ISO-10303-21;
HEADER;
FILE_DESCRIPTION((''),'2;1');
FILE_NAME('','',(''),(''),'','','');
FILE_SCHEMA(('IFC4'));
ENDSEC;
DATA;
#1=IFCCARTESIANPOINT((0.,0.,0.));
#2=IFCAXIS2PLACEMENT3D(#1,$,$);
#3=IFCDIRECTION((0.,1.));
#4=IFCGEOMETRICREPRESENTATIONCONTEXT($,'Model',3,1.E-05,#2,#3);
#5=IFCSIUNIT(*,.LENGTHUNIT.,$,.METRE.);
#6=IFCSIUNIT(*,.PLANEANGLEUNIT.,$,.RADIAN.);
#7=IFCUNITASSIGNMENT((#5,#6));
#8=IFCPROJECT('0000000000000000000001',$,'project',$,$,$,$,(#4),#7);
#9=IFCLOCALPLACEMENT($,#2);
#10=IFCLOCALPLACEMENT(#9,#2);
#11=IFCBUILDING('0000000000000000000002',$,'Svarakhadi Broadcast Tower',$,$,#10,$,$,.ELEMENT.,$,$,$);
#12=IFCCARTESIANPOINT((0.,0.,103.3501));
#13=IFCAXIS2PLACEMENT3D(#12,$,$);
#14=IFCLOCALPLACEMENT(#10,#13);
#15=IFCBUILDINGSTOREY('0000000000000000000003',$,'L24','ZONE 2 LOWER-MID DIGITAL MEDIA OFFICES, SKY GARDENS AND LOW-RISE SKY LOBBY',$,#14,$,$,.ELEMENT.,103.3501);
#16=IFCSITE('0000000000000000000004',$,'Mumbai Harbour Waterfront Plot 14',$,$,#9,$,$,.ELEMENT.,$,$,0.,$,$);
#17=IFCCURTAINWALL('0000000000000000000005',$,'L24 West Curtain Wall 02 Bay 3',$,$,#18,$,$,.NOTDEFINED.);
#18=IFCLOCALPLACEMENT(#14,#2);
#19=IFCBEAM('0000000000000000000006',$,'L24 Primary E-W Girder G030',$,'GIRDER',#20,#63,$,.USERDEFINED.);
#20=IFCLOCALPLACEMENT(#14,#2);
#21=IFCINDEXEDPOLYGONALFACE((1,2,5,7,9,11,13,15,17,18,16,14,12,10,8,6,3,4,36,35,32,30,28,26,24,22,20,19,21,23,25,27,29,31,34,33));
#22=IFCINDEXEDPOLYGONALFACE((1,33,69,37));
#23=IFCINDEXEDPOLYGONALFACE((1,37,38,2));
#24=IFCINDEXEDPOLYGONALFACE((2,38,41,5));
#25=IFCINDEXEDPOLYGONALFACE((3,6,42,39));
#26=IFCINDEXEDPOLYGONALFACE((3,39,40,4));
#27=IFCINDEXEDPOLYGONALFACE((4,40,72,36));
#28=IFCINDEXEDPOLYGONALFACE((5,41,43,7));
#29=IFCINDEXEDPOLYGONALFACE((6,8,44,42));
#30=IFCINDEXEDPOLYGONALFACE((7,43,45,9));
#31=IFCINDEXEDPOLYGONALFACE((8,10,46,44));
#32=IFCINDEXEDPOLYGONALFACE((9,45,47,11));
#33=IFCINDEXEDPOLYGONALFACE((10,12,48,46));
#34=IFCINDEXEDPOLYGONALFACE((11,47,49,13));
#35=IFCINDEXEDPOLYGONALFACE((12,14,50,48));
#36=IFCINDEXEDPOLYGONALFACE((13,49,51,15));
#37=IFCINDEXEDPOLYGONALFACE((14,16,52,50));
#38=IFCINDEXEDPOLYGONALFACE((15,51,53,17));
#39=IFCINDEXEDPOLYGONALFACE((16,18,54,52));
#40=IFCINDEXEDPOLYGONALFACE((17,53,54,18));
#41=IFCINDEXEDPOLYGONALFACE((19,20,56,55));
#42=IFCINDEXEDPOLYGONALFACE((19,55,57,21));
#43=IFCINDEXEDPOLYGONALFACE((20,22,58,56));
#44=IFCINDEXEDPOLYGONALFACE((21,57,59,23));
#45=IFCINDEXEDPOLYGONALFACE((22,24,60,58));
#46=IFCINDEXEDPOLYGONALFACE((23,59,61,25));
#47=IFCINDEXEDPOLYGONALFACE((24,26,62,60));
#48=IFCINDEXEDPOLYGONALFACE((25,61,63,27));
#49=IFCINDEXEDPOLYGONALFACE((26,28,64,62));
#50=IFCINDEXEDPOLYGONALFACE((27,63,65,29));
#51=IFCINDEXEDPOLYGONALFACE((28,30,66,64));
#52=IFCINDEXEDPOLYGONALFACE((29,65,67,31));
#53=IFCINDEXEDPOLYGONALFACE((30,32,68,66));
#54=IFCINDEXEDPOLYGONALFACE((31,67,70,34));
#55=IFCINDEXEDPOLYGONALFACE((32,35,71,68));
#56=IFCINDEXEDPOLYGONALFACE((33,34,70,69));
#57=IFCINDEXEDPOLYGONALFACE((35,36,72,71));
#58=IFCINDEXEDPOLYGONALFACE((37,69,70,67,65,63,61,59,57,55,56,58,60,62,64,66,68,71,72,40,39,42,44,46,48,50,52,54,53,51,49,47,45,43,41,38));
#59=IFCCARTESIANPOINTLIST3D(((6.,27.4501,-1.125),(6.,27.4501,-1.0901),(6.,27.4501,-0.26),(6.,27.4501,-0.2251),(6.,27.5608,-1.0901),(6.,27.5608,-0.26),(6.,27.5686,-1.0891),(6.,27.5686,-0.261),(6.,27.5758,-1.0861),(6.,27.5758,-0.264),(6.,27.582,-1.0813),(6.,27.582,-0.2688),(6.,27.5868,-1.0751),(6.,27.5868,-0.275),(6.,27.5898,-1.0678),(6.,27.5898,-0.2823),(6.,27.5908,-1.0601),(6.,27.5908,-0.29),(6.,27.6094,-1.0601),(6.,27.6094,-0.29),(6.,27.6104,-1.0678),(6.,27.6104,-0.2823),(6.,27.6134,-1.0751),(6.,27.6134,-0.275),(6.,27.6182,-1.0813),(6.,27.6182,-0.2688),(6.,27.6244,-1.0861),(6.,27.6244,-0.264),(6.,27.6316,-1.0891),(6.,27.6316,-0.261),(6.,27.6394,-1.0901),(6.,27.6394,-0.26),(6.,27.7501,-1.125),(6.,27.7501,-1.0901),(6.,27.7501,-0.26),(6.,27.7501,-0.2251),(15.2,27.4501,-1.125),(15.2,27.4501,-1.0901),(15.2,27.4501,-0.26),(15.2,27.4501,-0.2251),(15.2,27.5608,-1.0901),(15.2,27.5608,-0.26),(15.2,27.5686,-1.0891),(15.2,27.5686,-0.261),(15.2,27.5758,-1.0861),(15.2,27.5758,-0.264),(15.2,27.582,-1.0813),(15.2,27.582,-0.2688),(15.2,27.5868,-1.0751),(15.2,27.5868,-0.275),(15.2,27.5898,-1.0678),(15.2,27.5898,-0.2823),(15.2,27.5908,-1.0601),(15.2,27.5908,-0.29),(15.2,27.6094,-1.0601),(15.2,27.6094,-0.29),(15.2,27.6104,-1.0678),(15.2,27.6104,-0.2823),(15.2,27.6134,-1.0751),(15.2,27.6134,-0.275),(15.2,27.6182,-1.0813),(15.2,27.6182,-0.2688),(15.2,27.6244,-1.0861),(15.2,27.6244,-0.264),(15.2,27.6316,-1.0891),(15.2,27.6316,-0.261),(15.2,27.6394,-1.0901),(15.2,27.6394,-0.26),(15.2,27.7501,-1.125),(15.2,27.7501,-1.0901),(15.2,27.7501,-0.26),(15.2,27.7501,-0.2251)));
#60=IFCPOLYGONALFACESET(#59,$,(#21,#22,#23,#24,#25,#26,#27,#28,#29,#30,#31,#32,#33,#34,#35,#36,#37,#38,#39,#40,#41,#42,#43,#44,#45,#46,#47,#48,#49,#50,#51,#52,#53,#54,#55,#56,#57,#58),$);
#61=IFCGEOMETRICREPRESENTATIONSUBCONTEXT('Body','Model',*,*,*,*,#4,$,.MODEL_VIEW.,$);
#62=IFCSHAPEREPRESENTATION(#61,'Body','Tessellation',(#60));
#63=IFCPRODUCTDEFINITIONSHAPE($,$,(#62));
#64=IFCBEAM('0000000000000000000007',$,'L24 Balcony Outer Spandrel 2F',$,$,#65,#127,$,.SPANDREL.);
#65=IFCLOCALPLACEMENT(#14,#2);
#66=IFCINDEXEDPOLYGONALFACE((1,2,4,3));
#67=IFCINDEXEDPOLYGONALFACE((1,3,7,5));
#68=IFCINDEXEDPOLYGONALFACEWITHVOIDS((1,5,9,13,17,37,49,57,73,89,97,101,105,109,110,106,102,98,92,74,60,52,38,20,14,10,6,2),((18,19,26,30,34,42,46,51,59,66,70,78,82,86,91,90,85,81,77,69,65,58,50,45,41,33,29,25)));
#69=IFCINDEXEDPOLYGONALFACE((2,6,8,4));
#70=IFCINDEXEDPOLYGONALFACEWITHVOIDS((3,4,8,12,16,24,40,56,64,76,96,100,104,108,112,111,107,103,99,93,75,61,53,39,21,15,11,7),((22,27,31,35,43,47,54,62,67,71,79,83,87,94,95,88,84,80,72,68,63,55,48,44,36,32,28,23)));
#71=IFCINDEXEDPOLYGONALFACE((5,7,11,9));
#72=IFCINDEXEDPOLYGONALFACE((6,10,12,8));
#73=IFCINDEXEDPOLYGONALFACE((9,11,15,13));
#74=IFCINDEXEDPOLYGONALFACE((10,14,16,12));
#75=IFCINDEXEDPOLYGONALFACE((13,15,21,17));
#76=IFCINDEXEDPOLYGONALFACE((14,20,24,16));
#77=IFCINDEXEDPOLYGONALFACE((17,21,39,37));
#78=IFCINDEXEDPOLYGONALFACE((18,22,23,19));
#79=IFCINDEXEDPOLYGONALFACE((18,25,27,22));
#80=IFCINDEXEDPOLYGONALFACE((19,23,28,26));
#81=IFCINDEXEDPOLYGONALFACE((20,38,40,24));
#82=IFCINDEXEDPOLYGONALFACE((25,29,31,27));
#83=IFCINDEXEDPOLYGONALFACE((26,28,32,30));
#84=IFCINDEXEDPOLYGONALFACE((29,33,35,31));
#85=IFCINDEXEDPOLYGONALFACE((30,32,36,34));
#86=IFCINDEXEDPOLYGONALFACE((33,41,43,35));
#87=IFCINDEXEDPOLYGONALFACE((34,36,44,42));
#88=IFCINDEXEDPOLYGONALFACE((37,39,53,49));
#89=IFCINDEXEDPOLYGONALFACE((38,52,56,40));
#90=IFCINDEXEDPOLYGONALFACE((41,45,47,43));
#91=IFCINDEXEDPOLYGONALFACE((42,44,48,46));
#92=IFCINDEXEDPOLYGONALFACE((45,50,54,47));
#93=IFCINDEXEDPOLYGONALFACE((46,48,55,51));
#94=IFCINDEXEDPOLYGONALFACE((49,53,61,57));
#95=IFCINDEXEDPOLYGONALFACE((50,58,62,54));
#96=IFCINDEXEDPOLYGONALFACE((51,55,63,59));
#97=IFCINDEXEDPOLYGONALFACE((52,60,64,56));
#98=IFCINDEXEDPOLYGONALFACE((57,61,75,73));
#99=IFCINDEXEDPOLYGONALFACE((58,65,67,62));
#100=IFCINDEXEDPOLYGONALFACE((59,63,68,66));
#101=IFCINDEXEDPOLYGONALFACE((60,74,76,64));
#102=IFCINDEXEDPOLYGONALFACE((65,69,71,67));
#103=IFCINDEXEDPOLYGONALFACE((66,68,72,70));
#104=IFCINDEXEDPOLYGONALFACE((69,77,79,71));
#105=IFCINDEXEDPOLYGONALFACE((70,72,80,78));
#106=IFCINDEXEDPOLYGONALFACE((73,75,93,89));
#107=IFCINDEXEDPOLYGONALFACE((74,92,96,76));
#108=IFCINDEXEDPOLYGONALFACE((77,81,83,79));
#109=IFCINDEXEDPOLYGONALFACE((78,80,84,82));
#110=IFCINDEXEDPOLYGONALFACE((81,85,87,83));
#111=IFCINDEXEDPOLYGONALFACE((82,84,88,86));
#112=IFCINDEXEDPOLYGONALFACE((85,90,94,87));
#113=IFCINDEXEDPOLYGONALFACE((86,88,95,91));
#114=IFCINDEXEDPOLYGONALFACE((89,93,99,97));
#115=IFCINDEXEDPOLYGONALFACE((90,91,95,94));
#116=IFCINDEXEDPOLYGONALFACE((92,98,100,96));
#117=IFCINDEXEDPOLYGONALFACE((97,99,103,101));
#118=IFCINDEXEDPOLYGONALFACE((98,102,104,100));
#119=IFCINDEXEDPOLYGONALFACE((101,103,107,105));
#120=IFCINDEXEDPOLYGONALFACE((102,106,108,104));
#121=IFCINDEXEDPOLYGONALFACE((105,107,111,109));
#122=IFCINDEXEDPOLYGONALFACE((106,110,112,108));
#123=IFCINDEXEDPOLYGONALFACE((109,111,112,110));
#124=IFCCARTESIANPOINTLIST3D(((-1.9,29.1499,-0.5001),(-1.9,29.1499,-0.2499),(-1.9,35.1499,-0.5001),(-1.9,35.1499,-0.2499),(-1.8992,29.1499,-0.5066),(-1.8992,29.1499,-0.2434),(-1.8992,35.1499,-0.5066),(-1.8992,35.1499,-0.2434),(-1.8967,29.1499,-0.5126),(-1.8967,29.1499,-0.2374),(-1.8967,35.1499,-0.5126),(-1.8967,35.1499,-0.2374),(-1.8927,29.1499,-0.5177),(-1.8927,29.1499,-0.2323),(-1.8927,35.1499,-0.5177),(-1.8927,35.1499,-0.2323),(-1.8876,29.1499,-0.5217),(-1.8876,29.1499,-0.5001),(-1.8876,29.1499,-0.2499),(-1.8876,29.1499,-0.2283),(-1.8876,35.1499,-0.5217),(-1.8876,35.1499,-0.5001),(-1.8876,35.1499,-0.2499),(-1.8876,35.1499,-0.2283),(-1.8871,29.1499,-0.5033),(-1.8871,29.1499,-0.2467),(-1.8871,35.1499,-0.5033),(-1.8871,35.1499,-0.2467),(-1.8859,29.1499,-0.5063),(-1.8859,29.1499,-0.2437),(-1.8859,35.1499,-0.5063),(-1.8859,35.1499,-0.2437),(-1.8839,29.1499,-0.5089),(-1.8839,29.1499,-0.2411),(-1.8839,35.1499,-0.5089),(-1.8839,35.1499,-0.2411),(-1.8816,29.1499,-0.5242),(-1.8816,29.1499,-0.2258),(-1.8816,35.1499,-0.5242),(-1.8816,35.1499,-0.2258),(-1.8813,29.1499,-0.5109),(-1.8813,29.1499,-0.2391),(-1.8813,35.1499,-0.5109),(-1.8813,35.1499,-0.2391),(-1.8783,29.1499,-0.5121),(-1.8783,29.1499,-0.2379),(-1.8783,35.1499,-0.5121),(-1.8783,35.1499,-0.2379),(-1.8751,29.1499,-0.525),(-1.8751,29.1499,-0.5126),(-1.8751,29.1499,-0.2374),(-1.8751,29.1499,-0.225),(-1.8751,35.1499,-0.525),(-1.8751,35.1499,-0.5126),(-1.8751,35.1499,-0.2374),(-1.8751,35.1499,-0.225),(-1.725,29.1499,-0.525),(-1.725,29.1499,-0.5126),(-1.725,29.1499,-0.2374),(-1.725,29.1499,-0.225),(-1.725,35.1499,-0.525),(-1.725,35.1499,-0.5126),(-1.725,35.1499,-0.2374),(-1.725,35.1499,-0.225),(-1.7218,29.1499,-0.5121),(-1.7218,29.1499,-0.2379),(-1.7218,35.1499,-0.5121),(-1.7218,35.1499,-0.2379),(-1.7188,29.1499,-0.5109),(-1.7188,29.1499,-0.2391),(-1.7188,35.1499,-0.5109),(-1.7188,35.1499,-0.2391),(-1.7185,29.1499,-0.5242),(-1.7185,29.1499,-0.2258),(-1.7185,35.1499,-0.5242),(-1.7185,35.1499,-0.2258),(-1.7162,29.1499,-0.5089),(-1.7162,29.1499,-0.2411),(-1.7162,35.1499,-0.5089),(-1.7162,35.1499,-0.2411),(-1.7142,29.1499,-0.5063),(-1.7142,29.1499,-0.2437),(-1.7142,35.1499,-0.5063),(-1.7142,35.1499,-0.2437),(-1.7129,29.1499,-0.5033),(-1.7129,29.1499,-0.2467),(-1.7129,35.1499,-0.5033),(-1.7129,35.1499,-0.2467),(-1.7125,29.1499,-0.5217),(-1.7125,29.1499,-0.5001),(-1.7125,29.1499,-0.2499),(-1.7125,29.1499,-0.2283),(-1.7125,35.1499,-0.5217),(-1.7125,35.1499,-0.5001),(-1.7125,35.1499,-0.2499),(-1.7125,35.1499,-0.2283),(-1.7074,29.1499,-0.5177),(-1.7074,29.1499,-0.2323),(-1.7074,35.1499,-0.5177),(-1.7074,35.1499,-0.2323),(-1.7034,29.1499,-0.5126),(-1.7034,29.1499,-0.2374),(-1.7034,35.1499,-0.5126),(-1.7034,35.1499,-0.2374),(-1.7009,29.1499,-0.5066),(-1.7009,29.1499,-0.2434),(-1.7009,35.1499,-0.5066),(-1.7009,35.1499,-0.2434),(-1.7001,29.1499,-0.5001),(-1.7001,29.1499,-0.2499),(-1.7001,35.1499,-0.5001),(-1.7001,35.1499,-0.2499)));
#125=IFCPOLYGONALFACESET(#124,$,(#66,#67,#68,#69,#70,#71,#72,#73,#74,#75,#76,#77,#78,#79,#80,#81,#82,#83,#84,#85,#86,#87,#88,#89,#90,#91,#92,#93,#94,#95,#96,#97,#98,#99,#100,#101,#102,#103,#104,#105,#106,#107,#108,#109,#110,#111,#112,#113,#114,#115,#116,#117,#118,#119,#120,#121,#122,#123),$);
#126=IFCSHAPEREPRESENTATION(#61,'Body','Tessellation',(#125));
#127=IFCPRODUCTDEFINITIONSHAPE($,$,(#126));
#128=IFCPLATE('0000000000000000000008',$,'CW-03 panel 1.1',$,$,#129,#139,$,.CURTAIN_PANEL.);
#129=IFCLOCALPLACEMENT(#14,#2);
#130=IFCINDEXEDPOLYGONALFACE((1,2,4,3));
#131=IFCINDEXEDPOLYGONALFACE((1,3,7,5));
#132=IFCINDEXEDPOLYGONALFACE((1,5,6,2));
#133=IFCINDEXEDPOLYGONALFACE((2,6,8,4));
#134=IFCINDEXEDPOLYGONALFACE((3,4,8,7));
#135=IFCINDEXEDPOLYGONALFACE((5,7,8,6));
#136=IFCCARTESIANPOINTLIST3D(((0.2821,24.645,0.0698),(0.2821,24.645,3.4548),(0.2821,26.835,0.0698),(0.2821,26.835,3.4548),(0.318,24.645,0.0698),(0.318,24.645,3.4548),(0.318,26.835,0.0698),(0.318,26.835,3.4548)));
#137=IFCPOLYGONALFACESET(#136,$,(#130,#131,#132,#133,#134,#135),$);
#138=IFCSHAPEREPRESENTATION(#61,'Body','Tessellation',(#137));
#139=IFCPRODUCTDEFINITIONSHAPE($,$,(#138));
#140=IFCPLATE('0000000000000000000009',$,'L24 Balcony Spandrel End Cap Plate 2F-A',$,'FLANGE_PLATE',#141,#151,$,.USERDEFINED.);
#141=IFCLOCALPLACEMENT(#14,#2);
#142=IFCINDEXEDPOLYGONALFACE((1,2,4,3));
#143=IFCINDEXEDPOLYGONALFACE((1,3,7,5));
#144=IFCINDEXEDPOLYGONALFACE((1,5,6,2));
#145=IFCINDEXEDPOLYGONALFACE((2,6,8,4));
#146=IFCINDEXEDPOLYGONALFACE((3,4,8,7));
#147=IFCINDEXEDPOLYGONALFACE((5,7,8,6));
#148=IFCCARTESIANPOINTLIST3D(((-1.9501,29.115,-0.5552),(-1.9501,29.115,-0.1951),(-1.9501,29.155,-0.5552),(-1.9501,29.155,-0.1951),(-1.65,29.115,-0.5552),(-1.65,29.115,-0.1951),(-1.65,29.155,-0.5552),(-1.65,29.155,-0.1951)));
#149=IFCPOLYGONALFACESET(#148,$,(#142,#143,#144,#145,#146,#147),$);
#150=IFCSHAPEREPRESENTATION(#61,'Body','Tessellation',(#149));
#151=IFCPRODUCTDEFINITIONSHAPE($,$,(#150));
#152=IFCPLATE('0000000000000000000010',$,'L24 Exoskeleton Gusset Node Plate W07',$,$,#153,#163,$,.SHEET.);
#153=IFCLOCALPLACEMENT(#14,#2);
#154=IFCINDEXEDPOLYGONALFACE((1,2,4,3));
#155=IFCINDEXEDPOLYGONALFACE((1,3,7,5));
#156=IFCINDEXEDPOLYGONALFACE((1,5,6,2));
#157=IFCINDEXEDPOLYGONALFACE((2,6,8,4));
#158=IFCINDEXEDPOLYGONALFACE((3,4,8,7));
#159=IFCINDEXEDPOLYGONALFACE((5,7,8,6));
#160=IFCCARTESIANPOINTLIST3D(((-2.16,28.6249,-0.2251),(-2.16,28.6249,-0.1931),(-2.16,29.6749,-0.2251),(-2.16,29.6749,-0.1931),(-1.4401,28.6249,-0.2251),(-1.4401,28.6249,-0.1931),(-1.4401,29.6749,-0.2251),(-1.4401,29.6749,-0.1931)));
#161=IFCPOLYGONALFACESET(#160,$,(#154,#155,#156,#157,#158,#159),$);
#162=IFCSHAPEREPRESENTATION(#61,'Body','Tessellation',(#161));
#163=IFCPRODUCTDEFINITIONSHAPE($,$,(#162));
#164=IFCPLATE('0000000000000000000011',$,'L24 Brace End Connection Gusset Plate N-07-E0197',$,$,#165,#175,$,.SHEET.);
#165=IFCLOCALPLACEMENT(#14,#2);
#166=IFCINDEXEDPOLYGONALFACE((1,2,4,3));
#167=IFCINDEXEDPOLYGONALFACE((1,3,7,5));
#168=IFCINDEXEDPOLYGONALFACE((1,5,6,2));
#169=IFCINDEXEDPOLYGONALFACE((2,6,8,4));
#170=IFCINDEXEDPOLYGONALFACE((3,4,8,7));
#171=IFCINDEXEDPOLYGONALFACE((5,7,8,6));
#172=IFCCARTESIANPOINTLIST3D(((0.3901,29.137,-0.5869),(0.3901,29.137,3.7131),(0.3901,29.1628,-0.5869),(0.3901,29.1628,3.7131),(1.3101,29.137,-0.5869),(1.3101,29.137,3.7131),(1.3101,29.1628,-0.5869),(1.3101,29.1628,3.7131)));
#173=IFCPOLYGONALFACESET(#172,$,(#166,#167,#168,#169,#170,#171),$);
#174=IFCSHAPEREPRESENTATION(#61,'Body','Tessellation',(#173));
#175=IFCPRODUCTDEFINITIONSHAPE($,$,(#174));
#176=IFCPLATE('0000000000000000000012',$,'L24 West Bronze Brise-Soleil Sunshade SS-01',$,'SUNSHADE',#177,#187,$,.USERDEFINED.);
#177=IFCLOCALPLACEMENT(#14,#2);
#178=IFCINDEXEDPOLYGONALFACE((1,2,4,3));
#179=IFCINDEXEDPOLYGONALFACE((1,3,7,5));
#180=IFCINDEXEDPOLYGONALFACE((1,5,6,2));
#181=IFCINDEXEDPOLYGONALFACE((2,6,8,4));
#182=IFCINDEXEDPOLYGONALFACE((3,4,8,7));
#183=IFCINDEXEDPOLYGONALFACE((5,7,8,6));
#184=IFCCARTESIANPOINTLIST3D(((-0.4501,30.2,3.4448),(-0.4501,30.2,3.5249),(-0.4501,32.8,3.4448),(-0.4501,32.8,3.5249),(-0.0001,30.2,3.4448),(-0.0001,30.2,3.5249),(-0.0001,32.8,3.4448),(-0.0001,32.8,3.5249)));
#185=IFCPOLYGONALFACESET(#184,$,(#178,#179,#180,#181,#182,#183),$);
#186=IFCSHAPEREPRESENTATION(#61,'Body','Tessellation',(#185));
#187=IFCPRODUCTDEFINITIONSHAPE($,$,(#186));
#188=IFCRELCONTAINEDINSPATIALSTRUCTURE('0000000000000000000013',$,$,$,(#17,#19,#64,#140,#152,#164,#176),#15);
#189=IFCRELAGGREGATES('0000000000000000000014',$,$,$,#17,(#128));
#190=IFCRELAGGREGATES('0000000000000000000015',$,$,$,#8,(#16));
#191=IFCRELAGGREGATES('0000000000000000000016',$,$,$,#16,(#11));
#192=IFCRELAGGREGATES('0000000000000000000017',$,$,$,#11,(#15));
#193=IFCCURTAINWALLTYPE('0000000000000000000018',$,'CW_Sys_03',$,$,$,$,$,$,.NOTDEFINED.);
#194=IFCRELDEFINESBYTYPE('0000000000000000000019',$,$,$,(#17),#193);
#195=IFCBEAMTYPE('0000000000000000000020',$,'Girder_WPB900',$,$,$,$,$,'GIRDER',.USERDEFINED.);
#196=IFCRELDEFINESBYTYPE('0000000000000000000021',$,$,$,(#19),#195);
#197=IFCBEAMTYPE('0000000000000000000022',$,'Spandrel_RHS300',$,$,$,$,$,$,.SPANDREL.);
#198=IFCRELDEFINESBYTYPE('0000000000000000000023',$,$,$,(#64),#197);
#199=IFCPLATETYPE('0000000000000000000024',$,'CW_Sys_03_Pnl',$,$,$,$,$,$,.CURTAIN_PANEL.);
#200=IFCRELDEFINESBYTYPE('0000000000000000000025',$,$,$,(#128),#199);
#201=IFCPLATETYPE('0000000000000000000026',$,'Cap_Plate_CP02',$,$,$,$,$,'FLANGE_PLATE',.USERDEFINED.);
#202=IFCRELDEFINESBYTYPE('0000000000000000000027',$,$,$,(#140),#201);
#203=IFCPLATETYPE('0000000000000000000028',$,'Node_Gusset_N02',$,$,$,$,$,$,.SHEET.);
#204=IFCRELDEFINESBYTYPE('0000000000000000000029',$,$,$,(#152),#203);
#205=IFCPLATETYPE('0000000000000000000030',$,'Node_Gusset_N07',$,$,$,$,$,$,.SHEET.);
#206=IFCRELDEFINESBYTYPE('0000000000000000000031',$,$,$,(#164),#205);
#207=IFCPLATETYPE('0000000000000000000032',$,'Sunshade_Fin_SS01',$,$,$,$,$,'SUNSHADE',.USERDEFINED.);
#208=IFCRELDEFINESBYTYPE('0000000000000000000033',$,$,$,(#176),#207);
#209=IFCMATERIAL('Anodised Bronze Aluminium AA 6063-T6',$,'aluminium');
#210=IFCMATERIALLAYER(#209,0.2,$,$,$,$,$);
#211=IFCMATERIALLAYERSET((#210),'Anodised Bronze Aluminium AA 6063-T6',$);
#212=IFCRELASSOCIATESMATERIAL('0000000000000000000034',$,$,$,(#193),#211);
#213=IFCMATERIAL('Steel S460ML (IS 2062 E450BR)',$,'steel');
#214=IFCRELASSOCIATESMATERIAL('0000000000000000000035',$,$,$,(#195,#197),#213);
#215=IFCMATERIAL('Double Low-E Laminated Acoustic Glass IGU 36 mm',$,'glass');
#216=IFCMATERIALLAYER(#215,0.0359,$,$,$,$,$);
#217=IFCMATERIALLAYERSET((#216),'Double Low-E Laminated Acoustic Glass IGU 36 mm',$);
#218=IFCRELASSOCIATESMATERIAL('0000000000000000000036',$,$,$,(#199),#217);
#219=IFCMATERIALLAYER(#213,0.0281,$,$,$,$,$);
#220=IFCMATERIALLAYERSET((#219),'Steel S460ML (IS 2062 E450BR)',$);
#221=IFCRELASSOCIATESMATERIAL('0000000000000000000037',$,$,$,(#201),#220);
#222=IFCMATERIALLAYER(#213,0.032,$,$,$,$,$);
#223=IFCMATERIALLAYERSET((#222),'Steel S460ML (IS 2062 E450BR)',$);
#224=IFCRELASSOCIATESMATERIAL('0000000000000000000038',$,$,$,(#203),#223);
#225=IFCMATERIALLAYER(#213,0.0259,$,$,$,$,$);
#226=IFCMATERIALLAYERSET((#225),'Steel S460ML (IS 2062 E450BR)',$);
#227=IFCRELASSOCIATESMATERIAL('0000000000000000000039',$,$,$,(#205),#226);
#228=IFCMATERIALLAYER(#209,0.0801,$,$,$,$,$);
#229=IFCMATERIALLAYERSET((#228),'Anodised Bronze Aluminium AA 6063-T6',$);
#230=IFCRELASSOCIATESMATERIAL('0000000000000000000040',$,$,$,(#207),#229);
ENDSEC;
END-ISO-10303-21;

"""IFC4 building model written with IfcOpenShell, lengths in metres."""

from ifc_helpers import new_model, si_unit, direction, frame, origin, origin_2d, place, context, subcontext, project, spatial, rectangle, hollow_rectangle, i_section, extrude, material, layer, layer_set, material_profile, profile_set, type_object, element, aggregate, save


model = new_model("IFC4")

# Units and contexts
model_context = context("Model", 3, precision=1e-05, world=origin(), true_north=direction((0.0, 1.0)))
body_context = subcontext(model_context, "Body", "Model", "MODEL_VIEW")
ifc_project = project(units=[si_unit("LENGTHUNIT", "METRE"), si_unit("PLANEANGLEUNIT", "RADIAN")], contexts=[model_context])

# Site, building, storey
site_placement = place(None, origin())
site = spatial("IfcSite", under=ifc_project, at=site_placement, Name="Mumbai Harbour Waterfront Plot 14", CompositionType="ELEMENT", RefElevation=0.0)
building_placement = place(site_placement, origin())
building = spatial("IfcBuilding", under=site, at=building_placement, Name="Svarakhadi Broadcast Tower", CompositionType="ELEMENT")
storey_placement = place(building_placement, frame((0.0, 0.0, 103.3501)))
storey = spatial("IfcBuildingStorey", under=building, at=storey_placement, Name="L24", Description="ZONE 2 LOWER-MID DIGITAL MEDIA OFFICES, SKY GARDENS AND LOW-RISE SKY LOBBY", CompositionType="ELEMENT", Elevation=103.3501)

# Shared definitions
ifc_material_1 = material(Name="Steel S460ML (IS 2062 E450BR)", Category="steel")

# Shared definitions
ifc_material_2 = material(Name="Anodised Bronze Aluminium AA 6063-T6", Category="aluminium")
ifc_layer_1 = layer(ifc_material_2, 0.2)
ifc_layer_set_1 = layer_set([ifc_layer_1], Name="Anodised Bronze Aluminium AA 6063-T6")
curtain_wall_type = type_object("IfcCurtainWallType", Name="CW_Sys_03", PredefinedType="NOTDEFINED", material=ifc_layer_set_1)

# Curtain wall
curtain_wall_1_placement = place(storey_placement, origin())
curtain_wall_1 = element("IfcCurtainWall", 1, at=curtain_wall_1_placement, inside=storey, type_object=curtain_wall_type, Name="L24 West Curtain Wall 02 Bay 3", PredefinedType="NOTDEFINED")

# Beams
ifc_material_profile_1 = material_profile(ifc_material_1, i_section(OverallWidth=0.3, OverallDepth=0.8999, WebThickness=0.0186, FlangeThickness=0.0349, FilletRadius=0.03, at=origin_2d()), Name="WPB 900x300x291")
ifc_profile_set_1 = profile_set([ifc_material_profile_1], Name="Steel S460ML (IS 2062 E450BR)")
beam_type_1 = type_object("IfcBeamType", Name="Girder_WPB900", ElementType="GIRDER", PredefinedType="USERDEFINED", material=ifc_profile_set_1)
beam_1_placement = place(storey_placement, frame((6.0, 27.6001, -0.675), z_axis=(1.0, 0.0, 0.0), x_axis=(0.0, 1.0, 0.0)))
element("IfcBeam", 2, at=beam_1_placement, inside=storey, type_object=beam_type_1, Name="L24 Primary E-W Girder G030", ObjectType="GIRDER", PredefinedType="USERDEFINED", context=body_context, shape_type="SweptSolid", body=[
    extrude(i_section(OverallWidth=0.3, OverallDepth=0.8999, WebThickness=0.0186, FlangeThickness=0.0349, FilletRadius=0.03, at=origin_2d()), origin(), (0.0, 0.0, 1.0), 9.2),
])
ifc_material_profile_2 = material_profile(ifc_material_1, hollow_rectangle(XDim=0.2, YDim=0.3, WallThickness=0.0125, InnerFilletRadius=0.0125, OuterFilletRadius=0.0249, at=origin_2d()), Name="RHS 300x200x12.5")
ifc_profile_set_2 = profile_set([ifc_material_profile_2], Name="Steel S460ML (IS 2062 E450BR)")
beam_type_2 = type_object("IfcBeamType", Name="Spandrel_RHS300", PredefinedType="SPANDREL", material=ifc_profile_set_2)
beam_2_placement = place(storey_placement, frame((-1.8, 29.1499, -0.375), z_axis=(0.0, 1.0, 0.0), x_axis=(-1.0, 0.0, 0.0)))
element("IfcBeam", 3, at=beam_2_placement, inside=storey, type_object=beam_type_2, Name="L24 Balcony Outer Spandrel 2F", PredefinedType="SPANDREL", context=body_context, shape_type="SweptSolid", body=[
    extrude(hollow_rectangle(XDim=0.2, YDim=0.3, WallThickness=0.0125, InnerFilletRadius=0.0125, OuterFilletRadius=0.0249, at=origin_2d()), origin(), (0.0, 0.0, 1.0), 6.0),
])

# Plate
ifc_material_3 = material(Name="Double Low-E Laminated Acoustic Glass IGU 36 mm", Category="glass")
ifc_layer_2 = layer(ifc_material_3, 0.0359)
ifc_layer_set_2 = layer_set([ifc_layer_2], Name="Double Low-E Laminated Acoustic Glass IGU 36 mm")
plate_type_1 = type_object("IfcPlateType", Name="CW_Sys_03_Pnl", PredefinedType="CURTAIN_PANEL", material=ifc_layer_set_2)
plate_1_placement = place(storey_placement, frame((0.3, 25.74, 0.0698), z_axis=(0.0, 0.0, 1.0), x_axis=(0.0, 1.0, 0.0)))
plate_1 = element("IfcPlate", 4, at=plate_1_placement, type_object=plate_type_1, Name="CW-03 panel 1.1", PredefinedType="CURTAIN_PANEL", context=body_context, shape_type="SweptSolid", body=[
    extrude(rectangle(XDim=2.1899, YDim=0.0359, at=origin_2d()), origin(), (0.0, 0.0, 1.0), 3.385),
])
aggregate(curtain_wall_1, [plate_1])

# Plates
ifc_layer_3 = layer(ifc_material_1, 0.0281)
ifc_layer_set_3 = layer_set([ifc_layer_3], Name="Steel S460ML (IS 2062 E450BR)")
plate_type_2 = type_object("IfcPlateType", Name="Cap_Plate_CP02", ElementType="FLANGE_PLATE", PredefinedType="USERDEFINED", material=ifc_layer_set_3)
plate_2_placement = place(storey_placement, frame((-1.8, 29.135, -0.5552), z_axis=(0.0, 0.0, 1.0), x_axis=(1.0, 0.0, 0.0)))
element("IfcPlate", 5, at=plate_2_placement, inside=storey, type_object=plate_type_2, Name="L24 Balcony Spandrel End Cap Plate 2F-A", ObjectType="FLANGE_PLATE", PredefinedType="USERDEFINED", context=body_context, shape_type="SweptSolid", body=[
    extrude(rectangle(XDim=0.3, YDim=0.04, at=origin_2d()), origin(), (0.0, 0.0, 1.0), 0.3601),
])
ifc_layer_4 = layer(ifc_material_1, 0.032)
ifc_layer_set_4 = layer_set([ifc_layer_4], Name="Steel S460ML (IS 2062 E450BR)")
plate_type_3 = type_object("IfcPlateType", Name="Node_Gusset_N02", PredefinedType="SHEET", material=ifc_layer_set_4)
plate_3_placement = place(storey_placement, frame((-1.8, 29.1499, -0.2251), z_axis=(0.0, 0.0, 1.0), x_axis=(0.0, 1.0, 0.0)))
element("IfcPlate", 6, at=plate_3_placement, inside=storey, type_object=plate_type_3, Name="L24 Exoskeleton Gusset Node Plate W07", PredefinedType="SHEET", context=body_context, shape_type="SweptSolid", body=[
    extrude(rectangle(XDim=1.05, YDim=0.72, at=origin_2d()), origin(), (0.0, 0.0, 1.0), 0.032),
])
ifc_layer_5 = layer(ifc_material_1, 0.0259)
ifc_layer_set_5 = layer_set([ifc_layer_5], Name="Steel S460ML (IS 2062 E450BR)")
plate_type_4 = type_object("IfcPlateType", Name="Node_Gusset_N07", PredefinedType="SHEET", material=ifc_layer_set_5)
plate_4_placement = place(storey_placement, frame((0.8501, 29.1499, -0.5869), z_axis=(0.0, 0.0, 1.0), x_axis=(1.0, 0.0, 0.0)))
element("IfcPlate", 7, at=plate_4_placement, inside=storey, type_object=plate_type_4, Name="L24 Brace End Connection Gusset Plate N-07-E0197", PredefinedType="SHEET", context=body_context, shape_type="SweptSolid", body=[
    extrude(rectangle(XDim=0.9199, YDim=0.0259, at=origin_2d()), origin(), (0.0, 0.0, 1.0), 4.3),
])
ifc_layer_6 = layer(ifc_material_2, 0.0801)
ifc_layer_set_6 = layer_set([ifc_layer_6], Name="Anodised Bronze Aluminium AA 6063-T6")
plate_type_5 = type_object("IfcPlateType", Name="Sunshade_Fin_SS01", ElementType="SUNSHADE", PredefinedType="USERDEFINED", material=ifc_layer_set_6)
plate_5_placement = place(storey_placement, frame((-0.2251, 31.5, 3.4448), z_axis=(0.0, 0.0, 1.0), x_axis=(0.0, 1.0, 0.0)))
element("IfcPlate", 8, at=plate_5_placement, inside=storey, type_object=plate_type_5, Name="L24 West Bronze Brise-Soleil Sunshade SS-01", ObjectType="SUNSHADE", PredefinedType="USERDEFINED", context=body_context, shape_type="SweptSolid", body=[
    extrude(rectangle(XDim=2.6001, YDim=0.45, at=origin_2d()), origin(), (0.0, 0.0, 1.0), 0.0801),
])

save(model, "model.ifc")
